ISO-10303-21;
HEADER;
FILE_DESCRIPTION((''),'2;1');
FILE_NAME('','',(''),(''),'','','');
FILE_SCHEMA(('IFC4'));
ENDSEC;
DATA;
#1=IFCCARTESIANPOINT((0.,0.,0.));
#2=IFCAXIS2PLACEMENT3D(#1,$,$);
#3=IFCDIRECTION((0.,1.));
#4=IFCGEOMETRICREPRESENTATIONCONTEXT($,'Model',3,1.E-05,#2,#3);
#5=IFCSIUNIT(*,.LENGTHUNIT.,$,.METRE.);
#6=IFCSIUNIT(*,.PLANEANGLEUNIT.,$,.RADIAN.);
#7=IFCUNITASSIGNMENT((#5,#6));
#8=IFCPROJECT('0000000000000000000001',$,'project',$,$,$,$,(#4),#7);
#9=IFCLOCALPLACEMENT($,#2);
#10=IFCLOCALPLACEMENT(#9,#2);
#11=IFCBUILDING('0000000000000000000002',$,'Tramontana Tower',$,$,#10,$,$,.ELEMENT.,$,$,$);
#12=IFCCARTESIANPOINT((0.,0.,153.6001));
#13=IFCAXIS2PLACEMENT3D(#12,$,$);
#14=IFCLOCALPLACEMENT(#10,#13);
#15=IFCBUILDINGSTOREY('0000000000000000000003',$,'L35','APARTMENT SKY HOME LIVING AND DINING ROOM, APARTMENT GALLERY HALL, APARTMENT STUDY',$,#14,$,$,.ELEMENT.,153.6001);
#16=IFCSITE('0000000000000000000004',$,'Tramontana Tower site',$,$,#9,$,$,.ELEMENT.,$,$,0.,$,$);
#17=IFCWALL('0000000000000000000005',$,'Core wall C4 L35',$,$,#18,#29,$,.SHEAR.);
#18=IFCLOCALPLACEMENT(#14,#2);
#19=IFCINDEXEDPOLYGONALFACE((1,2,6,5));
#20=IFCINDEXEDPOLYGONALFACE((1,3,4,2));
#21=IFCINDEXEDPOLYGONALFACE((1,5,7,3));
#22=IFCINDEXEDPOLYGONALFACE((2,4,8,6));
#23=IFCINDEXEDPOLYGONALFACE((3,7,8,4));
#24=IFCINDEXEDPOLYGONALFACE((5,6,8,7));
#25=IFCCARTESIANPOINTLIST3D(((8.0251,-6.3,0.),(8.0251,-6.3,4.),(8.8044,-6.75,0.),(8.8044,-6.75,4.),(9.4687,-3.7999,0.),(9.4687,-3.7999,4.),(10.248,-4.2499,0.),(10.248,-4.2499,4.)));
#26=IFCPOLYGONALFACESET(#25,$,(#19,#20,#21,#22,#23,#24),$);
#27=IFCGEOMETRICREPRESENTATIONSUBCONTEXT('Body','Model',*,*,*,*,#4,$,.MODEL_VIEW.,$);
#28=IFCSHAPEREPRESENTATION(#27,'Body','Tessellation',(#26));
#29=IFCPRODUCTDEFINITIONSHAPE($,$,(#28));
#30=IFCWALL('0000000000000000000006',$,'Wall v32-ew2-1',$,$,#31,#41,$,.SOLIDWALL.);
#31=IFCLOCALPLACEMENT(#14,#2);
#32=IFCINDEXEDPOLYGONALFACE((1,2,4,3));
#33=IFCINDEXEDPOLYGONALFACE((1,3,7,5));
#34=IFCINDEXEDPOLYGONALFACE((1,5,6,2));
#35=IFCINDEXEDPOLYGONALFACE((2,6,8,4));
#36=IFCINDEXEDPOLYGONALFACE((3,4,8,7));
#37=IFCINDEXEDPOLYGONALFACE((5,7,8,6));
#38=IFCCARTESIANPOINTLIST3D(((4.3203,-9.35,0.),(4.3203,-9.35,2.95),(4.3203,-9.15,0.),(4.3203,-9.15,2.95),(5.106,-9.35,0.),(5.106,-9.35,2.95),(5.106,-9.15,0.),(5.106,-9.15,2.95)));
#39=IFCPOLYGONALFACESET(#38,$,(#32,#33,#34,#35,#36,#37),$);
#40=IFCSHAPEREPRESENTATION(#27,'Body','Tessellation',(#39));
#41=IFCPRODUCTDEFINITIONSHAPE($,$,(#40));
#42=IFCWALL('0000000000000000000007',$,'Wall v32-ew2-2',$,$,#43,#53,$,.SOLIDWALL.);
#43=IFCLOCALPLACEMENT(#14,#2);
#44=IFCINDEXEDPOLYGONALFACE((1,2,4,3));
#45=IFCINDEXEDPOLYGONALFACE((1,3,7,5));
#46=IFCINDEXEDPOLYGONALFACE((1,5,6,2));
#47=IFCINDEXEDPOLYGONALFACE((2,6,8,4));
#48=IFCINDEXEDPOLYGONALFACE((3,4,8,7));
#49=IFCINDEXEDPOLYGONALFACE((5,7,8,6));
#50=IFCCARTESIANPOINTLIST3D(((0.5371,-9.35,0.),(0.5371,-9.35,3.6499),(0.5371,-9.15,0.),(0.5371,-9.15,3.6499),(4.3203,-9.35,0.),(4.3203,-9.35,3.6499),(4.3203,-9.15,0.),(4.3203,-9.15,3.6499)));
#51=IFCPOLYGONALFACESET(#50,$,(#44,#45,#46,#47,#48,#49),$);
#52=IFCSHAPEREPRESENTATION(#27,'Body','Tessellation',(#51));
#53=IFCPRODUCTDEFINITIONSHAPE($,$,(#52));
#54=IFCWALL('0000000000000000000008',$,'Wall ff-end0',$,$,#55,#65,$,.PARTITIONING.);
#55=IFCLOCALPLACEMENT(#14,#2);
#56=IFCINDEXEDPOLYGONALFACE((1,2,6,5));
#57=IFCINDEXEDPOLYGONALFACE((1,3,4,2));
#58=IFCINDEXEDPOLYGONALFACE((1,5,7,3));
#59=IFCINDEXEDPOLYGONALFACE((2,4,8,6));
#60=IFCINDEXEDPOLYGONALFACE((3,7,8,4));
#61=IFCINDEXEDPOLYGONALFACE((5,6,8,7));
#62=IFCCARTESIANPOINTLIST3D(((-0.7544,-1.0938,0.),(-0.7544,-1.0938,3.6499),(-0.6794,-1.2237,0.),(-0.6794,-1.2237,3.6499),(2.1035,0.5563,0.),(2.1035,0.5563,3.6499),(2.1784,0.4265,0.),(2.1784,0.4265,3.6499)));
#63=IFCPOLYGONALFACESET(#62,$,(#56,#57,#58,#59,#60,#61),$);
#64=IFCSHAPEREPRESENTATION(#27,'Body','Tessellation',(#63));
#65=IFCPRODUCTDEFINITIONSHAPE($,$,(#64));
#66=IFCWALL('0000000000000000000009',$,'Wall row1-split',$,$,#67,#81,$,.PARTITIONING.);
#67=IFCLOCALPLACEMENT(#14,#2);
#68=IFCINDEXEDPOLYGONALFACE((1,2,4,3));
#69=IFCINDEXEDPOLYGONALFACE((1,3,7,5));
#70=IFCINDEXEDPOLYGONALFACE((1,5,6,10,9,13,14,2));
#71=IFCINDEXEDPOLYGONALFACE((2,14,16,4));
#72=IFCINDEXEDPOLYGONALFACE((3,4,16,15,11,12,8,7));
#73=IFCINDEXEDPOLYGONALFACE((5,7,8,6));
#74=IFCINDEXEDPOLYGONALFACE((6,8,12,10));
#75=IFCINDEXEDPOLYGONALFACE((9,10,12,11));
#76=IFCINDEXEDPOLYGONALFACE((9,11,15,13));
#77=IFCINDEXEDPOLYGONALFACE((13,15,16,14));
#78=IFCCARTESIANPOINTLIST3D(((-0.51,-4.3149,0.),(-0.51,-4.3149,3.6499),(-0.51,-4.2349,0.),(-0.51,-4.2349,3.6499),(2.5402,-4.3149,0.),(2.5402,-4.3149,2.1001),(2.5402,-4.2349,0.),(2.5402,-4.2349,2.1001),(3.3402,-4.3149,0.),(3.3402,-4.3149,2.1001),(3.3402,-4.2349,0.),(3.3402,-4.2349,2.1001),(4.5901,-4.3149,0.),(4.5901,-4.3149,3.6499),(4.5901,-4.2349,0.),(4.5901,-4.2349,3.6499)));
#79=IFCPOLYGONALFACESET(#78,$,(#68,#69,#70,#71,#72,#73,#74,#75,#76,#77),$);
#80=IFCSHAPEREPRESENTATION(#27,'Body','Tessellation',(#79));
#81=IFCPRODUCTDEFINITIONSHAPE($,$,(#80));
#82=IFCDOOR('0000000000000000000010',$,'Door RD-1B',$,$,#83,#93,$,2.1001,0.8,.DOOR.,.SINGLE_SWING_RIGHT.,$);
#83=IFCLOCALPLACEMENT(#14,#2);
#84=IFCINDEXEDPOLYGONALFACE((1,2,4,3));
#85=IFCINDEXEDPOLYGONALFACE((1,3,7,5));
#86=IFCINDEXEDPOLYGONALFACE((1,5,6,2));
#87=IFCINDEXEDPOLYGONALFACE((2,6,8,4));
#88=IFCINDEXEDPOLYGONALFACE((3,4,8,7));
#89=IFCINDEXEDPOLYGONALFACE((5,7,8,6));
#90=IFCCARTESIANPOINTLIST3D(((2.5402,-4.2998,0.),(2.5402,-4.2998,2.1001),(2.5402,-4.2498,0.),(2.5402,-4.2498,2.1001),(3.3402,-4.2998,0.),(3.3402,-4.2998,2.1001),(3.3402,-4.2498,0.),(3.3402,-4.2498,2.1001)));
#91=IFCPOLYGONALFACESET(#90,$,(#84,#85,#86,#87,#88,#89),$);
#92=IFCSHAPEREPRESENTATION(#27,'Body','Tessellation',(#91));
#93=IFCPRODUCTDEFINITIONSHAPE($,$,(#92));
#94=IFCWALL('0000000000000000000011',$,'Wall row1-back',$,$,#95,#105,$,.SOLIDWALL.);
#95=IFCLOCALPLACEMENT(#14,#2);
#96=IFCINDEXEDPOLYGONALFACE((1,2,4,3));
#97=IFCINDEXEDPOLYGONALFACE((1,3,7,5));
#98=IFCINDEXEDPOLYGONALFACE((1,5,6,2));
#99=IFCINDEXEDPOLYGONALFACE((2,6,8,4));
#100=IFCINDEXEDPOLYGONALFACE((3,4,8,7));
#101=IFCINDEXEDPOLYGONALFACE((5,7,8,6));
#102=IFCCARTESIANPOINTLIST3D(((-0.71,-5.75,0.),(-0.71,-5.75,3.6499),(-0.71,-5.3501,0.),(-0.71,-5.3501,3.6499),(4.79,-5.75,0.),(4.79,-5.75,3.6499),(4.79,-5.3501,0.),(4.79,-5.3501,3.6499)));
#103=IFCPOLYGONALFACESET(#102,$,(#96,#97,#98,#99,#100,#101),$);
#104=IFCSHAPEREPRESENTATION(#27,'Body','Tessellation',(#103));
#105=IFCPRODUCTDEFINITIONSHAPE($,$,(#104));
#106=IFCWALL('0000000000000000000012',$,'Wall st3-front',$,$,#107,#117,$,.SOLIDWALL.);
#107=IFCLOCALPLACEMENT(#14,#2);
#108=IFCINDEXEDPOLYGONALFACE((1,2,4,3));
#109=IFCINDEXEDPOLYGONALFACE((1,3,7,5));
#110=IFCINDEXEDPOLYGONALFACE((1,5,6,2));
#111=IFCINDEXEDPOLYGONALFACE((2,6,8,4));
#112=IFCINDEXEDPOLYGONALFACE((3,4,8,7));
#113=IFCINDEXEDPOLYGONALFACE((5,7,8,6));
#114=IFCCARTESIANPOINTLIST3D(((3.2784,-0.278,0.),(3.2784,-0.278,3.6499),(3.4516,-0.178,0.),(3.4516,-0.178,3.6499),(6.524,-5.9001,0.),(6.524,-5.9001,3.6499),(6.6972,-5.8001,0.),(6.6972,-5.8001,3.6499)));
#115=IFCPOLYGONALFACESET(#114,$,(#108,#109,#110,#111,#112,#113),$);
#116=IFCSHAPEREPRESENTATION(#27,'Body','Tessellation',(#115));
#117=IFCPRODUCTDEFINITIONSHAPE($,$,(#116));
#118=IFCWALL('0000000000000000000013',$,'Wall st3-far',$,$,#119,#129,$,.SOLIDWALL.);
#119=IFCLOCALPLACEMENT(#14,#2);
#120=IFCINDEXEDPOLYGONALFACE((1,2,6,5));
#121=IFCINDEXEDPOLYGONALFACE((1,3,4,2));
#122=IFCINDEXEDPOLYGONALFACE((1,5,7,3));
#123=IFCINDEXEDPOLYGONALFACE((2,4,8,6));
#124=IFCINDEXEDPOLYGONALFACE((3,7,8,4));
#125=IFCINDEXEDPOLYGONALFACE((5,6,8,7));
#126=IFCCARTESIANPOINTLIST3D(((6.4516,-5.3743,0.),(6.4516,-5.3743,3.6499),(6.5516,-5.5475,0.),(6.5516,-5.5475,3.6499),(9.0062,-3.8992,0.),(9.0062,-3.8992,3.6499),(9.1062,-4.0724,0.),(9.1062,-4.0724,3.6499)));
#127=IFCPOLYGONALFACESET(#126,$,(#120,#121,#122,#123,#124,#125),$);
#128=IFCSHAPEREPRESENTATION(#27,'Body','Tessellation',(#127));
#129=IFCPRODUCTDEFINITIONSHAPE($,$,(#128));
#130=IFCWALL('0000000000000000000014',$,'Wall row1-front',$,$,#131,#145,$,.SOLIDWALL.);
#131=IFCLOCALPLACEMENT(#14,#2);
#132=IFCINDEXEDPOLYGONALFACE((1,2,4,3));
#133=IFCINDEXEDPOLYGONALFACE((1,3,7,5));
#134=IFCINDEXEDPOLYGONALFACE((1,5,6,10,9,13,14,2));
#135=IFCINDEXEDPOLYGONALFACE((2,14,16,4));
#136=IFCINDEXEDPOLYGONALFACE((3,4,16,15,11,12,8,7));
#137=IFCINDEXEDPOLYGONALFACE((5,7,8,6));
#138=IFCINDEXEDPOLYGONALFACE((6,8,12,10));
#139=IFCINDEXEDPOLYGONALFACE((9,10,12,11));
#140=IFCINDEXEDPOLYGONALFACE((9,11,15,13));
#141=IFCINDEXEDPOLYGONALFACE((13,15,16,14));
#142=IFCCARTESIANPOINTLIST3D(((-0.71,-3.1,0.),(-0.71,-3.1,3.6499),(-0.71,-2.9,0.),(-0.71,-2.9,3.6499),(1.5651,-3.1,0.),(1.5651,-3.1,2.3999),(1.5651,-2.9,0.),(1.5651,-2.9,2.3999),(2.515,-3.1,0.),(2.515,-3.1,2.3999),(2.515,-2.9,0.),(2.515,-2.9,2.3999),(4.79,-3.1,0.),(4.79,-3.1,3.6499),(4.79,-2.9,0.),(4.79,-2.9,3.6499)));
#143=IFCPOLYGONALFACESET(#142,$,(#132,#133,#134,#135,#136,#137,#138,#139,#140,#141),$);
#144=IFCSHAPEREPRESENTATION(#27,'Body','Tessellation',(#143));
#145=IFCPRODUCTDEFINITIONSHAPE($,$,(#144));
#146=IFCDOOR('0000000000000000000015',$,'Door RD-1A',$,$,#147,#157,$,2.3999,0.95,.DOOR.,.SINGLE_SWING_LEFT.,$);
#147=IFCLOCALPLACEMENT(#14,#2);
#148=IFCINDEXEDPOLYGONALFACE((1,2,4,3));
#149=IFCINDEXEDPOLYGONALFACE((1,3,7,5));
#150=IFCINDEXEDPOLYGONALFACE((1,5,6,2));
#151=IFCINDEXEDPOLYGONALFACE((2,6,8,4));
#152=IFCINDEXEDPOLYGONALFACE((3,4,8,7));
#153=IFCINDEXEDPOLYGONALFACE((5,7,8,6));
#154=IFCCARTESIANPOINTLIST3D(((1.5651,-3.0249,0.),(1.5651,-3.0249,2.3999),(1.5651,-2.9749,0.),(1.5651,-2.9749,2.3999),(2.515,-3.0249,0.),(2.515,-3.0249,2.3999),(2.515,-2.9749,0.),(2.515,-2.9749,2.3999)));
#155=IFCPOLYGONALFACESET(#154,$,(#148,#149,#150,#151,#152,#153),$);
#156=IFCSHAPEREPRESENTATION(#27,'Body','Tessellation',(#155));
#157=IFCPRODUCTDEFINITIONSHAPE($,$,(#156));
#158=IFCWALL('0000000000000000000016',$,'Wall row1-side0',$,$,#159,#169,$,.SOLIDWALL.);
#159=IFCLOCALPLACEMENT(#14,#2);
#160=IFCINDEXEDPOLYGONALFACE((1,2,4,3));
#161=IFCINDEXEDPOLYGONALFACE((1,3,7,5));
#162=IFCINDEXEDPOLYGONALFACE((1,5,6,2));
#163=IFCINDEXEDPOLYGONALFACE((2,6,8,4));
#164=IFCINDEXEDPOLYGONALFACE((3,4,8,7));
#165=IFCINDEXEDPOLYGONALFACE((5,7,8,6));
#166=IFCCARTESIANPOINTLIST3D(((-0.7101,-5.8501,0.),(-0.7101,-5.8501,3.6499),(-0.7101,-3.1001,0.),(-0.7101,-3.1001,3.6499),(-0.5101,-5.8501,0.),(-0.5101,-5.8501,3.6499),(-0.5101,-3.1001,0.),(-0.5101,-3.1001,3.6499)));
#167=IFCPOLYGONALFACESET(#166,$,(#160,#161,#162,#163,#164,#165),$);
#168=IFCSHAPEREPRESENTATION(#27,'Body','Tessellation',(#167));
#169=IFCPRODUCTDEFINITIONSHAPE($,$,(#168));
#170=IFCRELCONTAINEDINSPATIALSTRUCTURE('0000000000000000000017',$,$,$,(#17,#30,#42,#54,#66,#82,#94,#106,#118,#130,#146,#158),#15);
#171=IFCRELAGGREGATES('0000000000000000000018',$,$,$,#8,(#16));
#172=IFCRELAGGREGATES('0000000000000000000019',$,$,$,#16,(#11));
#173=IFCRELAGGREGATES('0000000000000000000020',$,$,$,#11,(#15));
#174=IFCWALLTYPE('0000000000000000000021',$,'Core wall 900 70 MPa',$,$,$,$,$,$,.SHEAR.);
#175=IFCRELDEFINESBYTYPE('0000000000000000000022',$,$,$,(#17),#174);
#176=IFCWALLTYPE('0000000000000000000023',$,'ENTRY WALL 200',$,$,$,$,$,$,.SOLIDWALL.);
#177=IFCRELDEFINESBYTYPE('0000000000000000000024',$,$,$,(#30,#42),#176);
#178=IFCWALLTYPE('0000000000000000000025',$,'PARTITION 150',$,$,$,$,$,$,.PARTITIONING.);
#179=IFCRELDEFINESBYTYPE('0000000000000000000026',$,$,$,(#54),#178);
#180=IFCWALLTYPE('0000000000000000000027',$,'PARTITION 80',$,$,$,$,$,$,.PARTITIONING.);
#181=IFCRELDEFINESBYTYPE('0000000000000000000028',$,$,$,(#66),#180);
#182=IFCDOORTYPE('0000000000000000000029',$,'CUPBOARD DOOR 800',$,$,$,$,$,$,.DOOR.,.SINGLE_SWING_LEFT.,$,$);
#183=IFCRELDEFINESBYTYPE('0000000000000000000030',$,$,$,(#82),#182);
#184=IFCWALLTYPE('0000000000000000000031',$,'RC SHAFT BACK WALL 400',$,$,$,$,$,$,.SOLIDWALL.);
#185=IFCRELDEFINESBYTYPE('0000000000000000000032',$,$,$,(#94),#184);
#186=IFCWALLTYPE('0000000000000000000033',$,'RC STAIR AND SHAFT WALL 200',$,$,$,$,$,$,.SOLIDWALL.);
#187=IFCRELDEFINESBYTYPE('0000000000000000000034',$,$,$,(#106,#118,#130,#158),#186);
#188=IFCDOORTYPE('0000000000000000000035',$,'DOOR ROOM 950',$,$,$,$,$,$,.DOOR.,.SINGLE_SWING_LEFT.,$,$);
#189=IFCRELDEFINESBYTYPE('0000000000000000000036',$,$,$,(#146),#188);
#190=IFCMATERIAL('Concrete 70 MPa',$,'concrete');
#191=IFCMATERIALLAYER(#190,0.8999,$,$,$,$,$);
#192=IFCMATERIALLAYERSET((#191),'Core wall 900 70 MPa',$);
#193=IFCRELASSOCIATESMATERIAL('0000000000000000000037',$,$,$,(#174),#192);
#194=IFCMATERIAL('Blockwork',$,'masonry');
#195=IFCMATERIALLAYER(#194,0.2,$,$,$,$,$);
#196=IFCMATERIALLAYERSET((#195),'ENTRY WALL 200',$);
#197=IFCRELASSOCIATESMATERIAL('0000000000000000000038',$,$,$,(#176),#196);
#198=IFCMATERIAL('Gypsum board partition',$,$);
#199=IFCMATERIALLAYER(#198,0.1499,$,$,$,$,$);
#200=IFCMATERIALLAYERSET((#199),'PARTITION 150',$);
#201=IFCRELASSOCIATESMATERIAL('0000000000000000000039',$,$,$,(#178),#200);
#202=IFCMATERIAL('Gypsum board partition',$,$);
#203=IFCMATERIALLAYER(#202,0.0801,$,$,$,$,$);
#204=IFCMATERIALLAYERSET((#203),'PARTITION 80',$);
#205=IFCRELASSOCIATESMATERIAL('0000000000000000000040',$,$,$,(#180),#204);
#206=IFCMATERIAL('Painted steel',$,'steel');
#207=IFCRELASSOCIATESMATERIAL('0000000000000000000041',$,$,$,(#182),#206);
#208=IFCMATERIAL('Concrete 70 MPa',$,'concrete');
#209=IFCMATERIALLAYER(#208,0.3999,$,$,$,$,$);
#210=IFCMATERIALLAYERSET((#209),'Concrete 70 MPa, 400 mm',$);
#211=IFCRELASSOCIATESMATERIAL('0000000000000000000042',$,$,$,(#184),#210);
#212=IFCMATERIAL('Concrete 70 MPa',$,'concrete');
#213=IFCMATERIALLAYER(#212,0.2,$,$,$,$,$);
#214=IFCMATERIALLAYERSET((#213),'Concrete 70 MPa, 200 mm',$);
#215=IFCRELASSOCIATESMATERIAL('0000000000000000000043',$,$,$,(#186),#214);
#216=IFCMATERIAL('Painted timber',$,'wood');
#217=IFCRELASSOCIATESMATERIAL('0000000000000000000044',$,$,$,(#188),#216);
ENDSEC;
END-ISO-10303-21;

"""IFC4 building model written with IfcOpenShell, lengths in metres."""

from ifc_helpers import new_model, si_unit, direction, frame, frame_2d, origin, place, context, subcontext, project, spatial, rectangle, extrude, material, layer, layer_set, type_object, element, fill, save


model = new_model("IFC4")

# Units and contexts
model_context = context("Model", 3, precision=1e-05, world=origin(), true_north=direction((0.0, 1.0)))
body_context = subcontext(model_context, "Body", "Model", "MODEL_VIEW")
ifc_project = project(units=[si_unit("LENGTHUNIT", "METRE"), si_unit("PLANEANGLEUNIT", "RADIAN")], contexts=[model_context])

# Site, building, storey
site_placement = place(None, origin())
site = spatial("IfcSite", under=ifc_project, at=site_placement, Name="Tramontana Tower site", CompositionType="ELEMENT", RefElevation=0.0)
building_placement = place(site_placement, origin())
building = spatial("IfcBuilding", under=site, at=building_placement, Name="Tramontana Tower", CompositionType="ELEMENT")
storey_placement = place(building_placement, frame((0.0, 0.0, 153.6001)))
storey = spatial("IfcBuildingStorey", under=building, at=storey_placement, Name="L35", Description="APARTMENT SKY HOME LIVING AND DINING ROOM, APARTMENT GALLERY HALL, APARTMENT STUDY", CompositionType="ELEMENT", Elevation=153.6001)

# Walls
ifc_material_1 = material(Name="Concrete 70 MPa", Category="concrete")
ifc_layer_1 = layer(ifc_material_1, 0.8999)
ifc_layer_set_1 = layer_set([ifc_layer_1], Name="Core wall 900 70 MPa")
wall_type_1 = type_object("IfcWallType", Name="Core wall 900 70 MPa", PredefinedType="SHEAR", material=ifc_layer_set_1)
wall_1_placement = place(storey_placement, frame((8.4148, -6.5249, 0.0), z_axis=(0.0, 0.0, 1.0), x_axis=(0.500059, 0.865991, 0.0)))
element("IfcWall", 1, at=wall_1_placement, inside=storey, type_object=wall_type_1, Name="Core wall C4 L35", PredefinedType="SHEAR", context=body_context, shape_type="SweptSolid", body=[
    extrude(rectangle(XDim=2.887, YDim=0.8999, at=frame_2d((1.4434, 0.0))), origin(), (0.0, 0.0, 1.0), 4.0),
])
ifc_material_2 = material(Name="Blockwork", Category="masonry")
ifc_layer_2 = layer(ifc_material_2, 0.2)
ifc_layer_set_2 = layer_set([ifc_layer_2], Name="ENTRY WALL 200")
wall_type_2 = type_object("IfcWallType", Name="ENTRY WALL 200", PredefinedType="SOLIDWALL", material=ifc_layer_set_2)
wall_2_placement = place(storey_placement, frame((5.106, -9.25, 0.0), z_axis=(0.0, 0.0, 1.0), x_axis=(-1.0, 0.0, 0.0)))
element("IfcWall", 2, at=wall_2_placement, inside=storey, type_object=wall_type_2, Name="Wall v32-ew2-1", PredefinedType="SOLIDWALL", context=body_context, shape_type="SweptSolid", body=[
    extrude(rectangle(XDim=0.7856, YDim=0.2, at=frame_2d((0.3928, 0.0))), origin(), (0.0, 0.0, 1.0), 2.95),
])
wall_3_placement = place(storey_placement, frame((4.3203, -9.25, 0.0), z_axis=(0.0, 0.0, 1.0), x_axis=(-1.0, 0.0, 0.0)))
element("IfcWall", 3, at=wall_3_placement, inside=storey, type_object=wall_type_2, Name="Wall v32-ew2-2", PredefinedType="SOLIDWALL", context=body_context, shape_type="SweptSolid", body=[
    extrude(rectangle(XDim=3.7832, YDim=0.2, at=frame_2d((1.8916, 0.0))), origin(), (0.0, 0.0, 1.0), 3.6499),
])

# Shared definitions
ifc_material_3 = material(Name="Gypsum board partition")
ifc_layer_3 = layer(ifc_material_3, 0.1499)
ifc_layer_set_3 = layer_set([ifc_layer_3], Name="PARTITION 150")
wall_type_3 = type_object("IfcWallType", Name="PARTITION 150", PredefinedType="PARTITIONING", material=ifc_layer_set_3)

# Wall
wall_4_placement = place(storey_placement, frame((-0.7168, -1.1587, 0.0), z_axis=(0.0, 0.0, 1.0), x_axis=(0.866008, 0.50003, 0.0)))
element("IfcWall", 4, at=wall_4_placement, inside=storey, type_object=wall_type_3, Name="Wall ff-end0", PredefinedType="PARTITIONING", context=body_context, shape_type="SweptSolid", body=[
    extrude(rectangle(XDim=3.3, YDim=0.1499, at=frame_2d((1.6499, 0.0))), origin(), (0.0, 0.0, 1.0), 3.6499),
])

# Wall, opening, door
ifc_material_4 = material(Name="Gypsum board partition")
ifc_layer_4 = layer(ifc_material_4, 0.0801)
ifc_layer_set_4 = layer_set([ifc_layer_4], Name="PARTITION 80")
wall_type_4 = type_object("IfcWallType", Name="PARTITION 80", PredefinedType="PARTITIONING", material=ifc_layer_set_4)
wall_5_placement = place(storey_placement, frame((4.5901, -4.2749, 0.0), z_axis=(0.0, 0.0, 1.0), x_axis=(-1.0, 0.0, 0.0)))
wall_5 = element("IfcWall", 5, at=wall_5_placement, inside=storey, type_object=wall_type_4, Name="Wall row1-split", PredefinedType="PARTITIONING", context=body_context, shape_type="SweptSolid", body=[
    extrude(rectangle(XDim=5.1001, YDim=0.0801, at=frame_2d((2.55, 0.0))), origin(), (0.0, 0.0, 1.0), 3.6499),
])
opening_1_placement = place(wall_5_placement, frame((1.25, 0.0, 0.0)))
opening_1 = element("IfcOpeningElement", 6, at=opening_1_placement, cuts=wall_5, PredefinedType="OPENING", context=body_context, shape_type="SweptSolid", body=[
    extrude(rectangle(XDim=0.8, YDim=2.1001, at=frame_2d((0.3999, 1.05))), frame((0.0, 0.05, 0.0), z_axis=(0.0, -1.0, 0.0), x_axis=(1.0, 0.0, 0.0)), (0.0, 0.0, 1.0), 0.1001),
])
ifc_material_5 = material(Name="Painted steel", Category="steel")
door_type_1 = type_object("IfcDoorType", Name="CUPBOARD DOOR 800", OperationType="SINGLE_SWING_LEFT", PredefinedType="DOOR", material=ifc_material_5)
door_1_placement = place(opening_1_placement, origin())
door_1 = element("IfcDoor", 7, at=door_1_placement, inside=storey, type_object=door_type_1, Name="Door RD-1B", OperationType="SINGLE_SWING_RIGHT", OverallHeight=2.1001, OverallWidth=0.8, PredefinedType="DOOR", context=body_context, shape_type="SweptSolid", body=[
    extrude(rectangle(XDim=0.8, YDim=2.1001, at=frame_2d((0.3999, 1.05))), frame((0.0, 0.0249, 0.0), z_axis=(0.0, -1.0, 0.0), x_axis=(1.0, 0.0, 0.0)), (0.0, 0.0, 1.0), 0.05),
])
fill(opening_1, door_1)

# Wall
ifc_material_6 = material(Name="Concrete 70 MPa", Category="concrete")
ifc_layer_5 = layer(ifc_material_6, 0.3999)
ifc_layer_set_5 = layer_set([ifc_layer_5], Name="Concrete 70 MPa, 400 mm")
wall_type_5 = type_object("IfcWallType", Name="RC SHAFT BACK WALL 400", PredefinedType="SOLIDWALL", material=ifc_layer_set_5)
wall_6_placement = place(storey_placement, frame((-0.71, -5.55, 0.0), z_axis=(0.0, 0.0, 1.0), x_axis=(1.0, 0.0, 0.0)))
element("IfcWall", 8, at=wall_6_placement, inside=storey, type_object=wall_type_5, Name="Wall row1-back", PredefinedType="SOLIDWALL", context=body_context, shape_type="SweptSolid", body=[
    extrude(rectangle(XDim=5.5, YDim=0.3999, at=frame_2d((2.75, 0.0))), origin(), (0.0, 0.0, 1.0), 3.6499),
])

# Shared definitions
ifc_material_7 = material(Name="Concrete 70 MPa", Category="concrete")
ifc_layer_6 = layer(ifc_material_7, 0.2)
ifc_layer_set_6 = layer_set([ifc_layer_6], Name="Concrete 70 MPa, 200 mm")
wall_type_6 = type_object("IfcWallType", Name="RC STAIR AND SHAFT WALL 200", PredefinedType="SOLIDWALL", material=ifc_layer_set_6)

# Walls
wall_7_placement = place(storey_placement, frame((6.6106, -5.8501, 0.0), z_axis=(0.0, 0.0, 1.0), x_axis=(-0.499966, 0.866045, 0.0)))
element("IfcWall", 9, at=wall_7_placement, inside=storey, type_object=wall_type_6, Name="Wall st3-front", PredefinedType="SOLIDWALL", context=body_context, shape_type="SweptSolid", body=[
    extrude(rectangle(XDim=6.4917, YDim=0.2, at=frame_2d((3.2458, 0.0))), origin(), (0.0, 0.0, 1.0), 3.6499),
])
wall_8_placement = place(storey_placement, frame((6.5015, -5.4609, 0.0), z_axis=(0.0, 0.0, 1.0), x_axis=(0.866004, 0.500038, 0.0)))
element("IfcWall", 10, at=wall_8_placement, inside=storey, type_object=wall_type_6, Name="Wall st3-far", PredefinedType="SOLIDWALL", context=body_context, shape_type="SweptSolid", body=[
    extrude(rectangle(XDim=2.95, YDim=0.2, at=frame_2d((1.4751, 0.0))), origin(), (0.0, 0.0, 1.0), 3.6499),
])

# Wall, opening, door
wall_9_placement = place(storey_placement, frame((4.79, -3.0, 0.0), z_axis=(0.0, 0.0, 1.0), x_axis=(-1.0, 0.0, 0.0)))
wall_9 = element("IfcWall", 11, at=wall_9_placement, inside=storey, type_object=wall_type_6, Name="Wall row1-front", PredefinedType="SOLIDWALL", context=body_context, shape_type="SweptSolid", body=[
    extrude(rectangle(XDim=5.5, YDim=0.2, at=frame_2d((2.75, 0.0))), origin(), (0.0, 0.0, 1.0), 3.6499),
])
opening_2_placement = place(wall_9_placement, frame((2.2749, 0.0, 0.0)))
opening_2 = element("IfcOpeningElement", 12, at=opening_2_placement, cuts=wall_9, PredefinedType="OPENING", context=body_context, shape_type="SweptSolid", body=[
    extrude(rectangle(XDim=0.95, YDim=2.3999, at=frame_2d((0.4751, 1.2))), frame((0.0, 0.1099, 0.0), z_axis=(0.0, -1.0, 0.0), x_axis=(1.0, 0.0, 0.0)), (0.0, 0.0, 1.0), 0.22),
])
ifc_material_8 = material(Name="Painted timber", Category="wood")
door_type_2 = type_object("IfcDoorType", Name="DOOR ROOM 950", OperationType="SINGLE_SWING_LEFT", PredefinedType="DOOR", material=ifc_material_8)
door_2_placement = place(opening_2_placement, origin())
door_2 = element("IfcDoor", 13, at=door_2_placement, inside=storey, type_object=door_type_2, Name="Door RD-1A", OperationType="SINGLE_SWING_LEFT", OverallHeight=2.3999, OverallWidth=0.95, PredefinedType="DOOR", context=body_context, shape_type="SweptSolid", body=[
    extrude(rectangle(XDim=0.95, YDim=2.3999, at=frame_2d((0.4751, 1.2))), frame((0.0, 0.0249, 0.0), z_axis=(0.0, -1.0, 0.0), x_axis=(1.0, 0.0, 0.0)), (0.0, 0.0, 1.0), 0.05),
])
fill(opening_2, door_2)

# Wall
for number, where, z_axis, x_axis, name in (
    (14, (-0.6101, -3.1001, 0.0), (0.0, 0.0, 1.0), (0.0, -1.0, 0.0), "Wall row1-side0"),
):
    element("IfcWall", number, at=place(storey_placement, frame(where, z_axis=z_axis, x_axis=x_axis)), inside=storey, type_object=wall_type_6, Name=name, PredefinedType="SOLIDWALL", context=body_context, shape_type="SweptSolid", body=[
        extrude(rectangle(XDim=2.75, YDim=0.2, at=frame_2d((1.375, 0.0))), origin(), (0.0, 0.0, 1.0), 3.6499),
    ])

save(model, "model.ifc")
